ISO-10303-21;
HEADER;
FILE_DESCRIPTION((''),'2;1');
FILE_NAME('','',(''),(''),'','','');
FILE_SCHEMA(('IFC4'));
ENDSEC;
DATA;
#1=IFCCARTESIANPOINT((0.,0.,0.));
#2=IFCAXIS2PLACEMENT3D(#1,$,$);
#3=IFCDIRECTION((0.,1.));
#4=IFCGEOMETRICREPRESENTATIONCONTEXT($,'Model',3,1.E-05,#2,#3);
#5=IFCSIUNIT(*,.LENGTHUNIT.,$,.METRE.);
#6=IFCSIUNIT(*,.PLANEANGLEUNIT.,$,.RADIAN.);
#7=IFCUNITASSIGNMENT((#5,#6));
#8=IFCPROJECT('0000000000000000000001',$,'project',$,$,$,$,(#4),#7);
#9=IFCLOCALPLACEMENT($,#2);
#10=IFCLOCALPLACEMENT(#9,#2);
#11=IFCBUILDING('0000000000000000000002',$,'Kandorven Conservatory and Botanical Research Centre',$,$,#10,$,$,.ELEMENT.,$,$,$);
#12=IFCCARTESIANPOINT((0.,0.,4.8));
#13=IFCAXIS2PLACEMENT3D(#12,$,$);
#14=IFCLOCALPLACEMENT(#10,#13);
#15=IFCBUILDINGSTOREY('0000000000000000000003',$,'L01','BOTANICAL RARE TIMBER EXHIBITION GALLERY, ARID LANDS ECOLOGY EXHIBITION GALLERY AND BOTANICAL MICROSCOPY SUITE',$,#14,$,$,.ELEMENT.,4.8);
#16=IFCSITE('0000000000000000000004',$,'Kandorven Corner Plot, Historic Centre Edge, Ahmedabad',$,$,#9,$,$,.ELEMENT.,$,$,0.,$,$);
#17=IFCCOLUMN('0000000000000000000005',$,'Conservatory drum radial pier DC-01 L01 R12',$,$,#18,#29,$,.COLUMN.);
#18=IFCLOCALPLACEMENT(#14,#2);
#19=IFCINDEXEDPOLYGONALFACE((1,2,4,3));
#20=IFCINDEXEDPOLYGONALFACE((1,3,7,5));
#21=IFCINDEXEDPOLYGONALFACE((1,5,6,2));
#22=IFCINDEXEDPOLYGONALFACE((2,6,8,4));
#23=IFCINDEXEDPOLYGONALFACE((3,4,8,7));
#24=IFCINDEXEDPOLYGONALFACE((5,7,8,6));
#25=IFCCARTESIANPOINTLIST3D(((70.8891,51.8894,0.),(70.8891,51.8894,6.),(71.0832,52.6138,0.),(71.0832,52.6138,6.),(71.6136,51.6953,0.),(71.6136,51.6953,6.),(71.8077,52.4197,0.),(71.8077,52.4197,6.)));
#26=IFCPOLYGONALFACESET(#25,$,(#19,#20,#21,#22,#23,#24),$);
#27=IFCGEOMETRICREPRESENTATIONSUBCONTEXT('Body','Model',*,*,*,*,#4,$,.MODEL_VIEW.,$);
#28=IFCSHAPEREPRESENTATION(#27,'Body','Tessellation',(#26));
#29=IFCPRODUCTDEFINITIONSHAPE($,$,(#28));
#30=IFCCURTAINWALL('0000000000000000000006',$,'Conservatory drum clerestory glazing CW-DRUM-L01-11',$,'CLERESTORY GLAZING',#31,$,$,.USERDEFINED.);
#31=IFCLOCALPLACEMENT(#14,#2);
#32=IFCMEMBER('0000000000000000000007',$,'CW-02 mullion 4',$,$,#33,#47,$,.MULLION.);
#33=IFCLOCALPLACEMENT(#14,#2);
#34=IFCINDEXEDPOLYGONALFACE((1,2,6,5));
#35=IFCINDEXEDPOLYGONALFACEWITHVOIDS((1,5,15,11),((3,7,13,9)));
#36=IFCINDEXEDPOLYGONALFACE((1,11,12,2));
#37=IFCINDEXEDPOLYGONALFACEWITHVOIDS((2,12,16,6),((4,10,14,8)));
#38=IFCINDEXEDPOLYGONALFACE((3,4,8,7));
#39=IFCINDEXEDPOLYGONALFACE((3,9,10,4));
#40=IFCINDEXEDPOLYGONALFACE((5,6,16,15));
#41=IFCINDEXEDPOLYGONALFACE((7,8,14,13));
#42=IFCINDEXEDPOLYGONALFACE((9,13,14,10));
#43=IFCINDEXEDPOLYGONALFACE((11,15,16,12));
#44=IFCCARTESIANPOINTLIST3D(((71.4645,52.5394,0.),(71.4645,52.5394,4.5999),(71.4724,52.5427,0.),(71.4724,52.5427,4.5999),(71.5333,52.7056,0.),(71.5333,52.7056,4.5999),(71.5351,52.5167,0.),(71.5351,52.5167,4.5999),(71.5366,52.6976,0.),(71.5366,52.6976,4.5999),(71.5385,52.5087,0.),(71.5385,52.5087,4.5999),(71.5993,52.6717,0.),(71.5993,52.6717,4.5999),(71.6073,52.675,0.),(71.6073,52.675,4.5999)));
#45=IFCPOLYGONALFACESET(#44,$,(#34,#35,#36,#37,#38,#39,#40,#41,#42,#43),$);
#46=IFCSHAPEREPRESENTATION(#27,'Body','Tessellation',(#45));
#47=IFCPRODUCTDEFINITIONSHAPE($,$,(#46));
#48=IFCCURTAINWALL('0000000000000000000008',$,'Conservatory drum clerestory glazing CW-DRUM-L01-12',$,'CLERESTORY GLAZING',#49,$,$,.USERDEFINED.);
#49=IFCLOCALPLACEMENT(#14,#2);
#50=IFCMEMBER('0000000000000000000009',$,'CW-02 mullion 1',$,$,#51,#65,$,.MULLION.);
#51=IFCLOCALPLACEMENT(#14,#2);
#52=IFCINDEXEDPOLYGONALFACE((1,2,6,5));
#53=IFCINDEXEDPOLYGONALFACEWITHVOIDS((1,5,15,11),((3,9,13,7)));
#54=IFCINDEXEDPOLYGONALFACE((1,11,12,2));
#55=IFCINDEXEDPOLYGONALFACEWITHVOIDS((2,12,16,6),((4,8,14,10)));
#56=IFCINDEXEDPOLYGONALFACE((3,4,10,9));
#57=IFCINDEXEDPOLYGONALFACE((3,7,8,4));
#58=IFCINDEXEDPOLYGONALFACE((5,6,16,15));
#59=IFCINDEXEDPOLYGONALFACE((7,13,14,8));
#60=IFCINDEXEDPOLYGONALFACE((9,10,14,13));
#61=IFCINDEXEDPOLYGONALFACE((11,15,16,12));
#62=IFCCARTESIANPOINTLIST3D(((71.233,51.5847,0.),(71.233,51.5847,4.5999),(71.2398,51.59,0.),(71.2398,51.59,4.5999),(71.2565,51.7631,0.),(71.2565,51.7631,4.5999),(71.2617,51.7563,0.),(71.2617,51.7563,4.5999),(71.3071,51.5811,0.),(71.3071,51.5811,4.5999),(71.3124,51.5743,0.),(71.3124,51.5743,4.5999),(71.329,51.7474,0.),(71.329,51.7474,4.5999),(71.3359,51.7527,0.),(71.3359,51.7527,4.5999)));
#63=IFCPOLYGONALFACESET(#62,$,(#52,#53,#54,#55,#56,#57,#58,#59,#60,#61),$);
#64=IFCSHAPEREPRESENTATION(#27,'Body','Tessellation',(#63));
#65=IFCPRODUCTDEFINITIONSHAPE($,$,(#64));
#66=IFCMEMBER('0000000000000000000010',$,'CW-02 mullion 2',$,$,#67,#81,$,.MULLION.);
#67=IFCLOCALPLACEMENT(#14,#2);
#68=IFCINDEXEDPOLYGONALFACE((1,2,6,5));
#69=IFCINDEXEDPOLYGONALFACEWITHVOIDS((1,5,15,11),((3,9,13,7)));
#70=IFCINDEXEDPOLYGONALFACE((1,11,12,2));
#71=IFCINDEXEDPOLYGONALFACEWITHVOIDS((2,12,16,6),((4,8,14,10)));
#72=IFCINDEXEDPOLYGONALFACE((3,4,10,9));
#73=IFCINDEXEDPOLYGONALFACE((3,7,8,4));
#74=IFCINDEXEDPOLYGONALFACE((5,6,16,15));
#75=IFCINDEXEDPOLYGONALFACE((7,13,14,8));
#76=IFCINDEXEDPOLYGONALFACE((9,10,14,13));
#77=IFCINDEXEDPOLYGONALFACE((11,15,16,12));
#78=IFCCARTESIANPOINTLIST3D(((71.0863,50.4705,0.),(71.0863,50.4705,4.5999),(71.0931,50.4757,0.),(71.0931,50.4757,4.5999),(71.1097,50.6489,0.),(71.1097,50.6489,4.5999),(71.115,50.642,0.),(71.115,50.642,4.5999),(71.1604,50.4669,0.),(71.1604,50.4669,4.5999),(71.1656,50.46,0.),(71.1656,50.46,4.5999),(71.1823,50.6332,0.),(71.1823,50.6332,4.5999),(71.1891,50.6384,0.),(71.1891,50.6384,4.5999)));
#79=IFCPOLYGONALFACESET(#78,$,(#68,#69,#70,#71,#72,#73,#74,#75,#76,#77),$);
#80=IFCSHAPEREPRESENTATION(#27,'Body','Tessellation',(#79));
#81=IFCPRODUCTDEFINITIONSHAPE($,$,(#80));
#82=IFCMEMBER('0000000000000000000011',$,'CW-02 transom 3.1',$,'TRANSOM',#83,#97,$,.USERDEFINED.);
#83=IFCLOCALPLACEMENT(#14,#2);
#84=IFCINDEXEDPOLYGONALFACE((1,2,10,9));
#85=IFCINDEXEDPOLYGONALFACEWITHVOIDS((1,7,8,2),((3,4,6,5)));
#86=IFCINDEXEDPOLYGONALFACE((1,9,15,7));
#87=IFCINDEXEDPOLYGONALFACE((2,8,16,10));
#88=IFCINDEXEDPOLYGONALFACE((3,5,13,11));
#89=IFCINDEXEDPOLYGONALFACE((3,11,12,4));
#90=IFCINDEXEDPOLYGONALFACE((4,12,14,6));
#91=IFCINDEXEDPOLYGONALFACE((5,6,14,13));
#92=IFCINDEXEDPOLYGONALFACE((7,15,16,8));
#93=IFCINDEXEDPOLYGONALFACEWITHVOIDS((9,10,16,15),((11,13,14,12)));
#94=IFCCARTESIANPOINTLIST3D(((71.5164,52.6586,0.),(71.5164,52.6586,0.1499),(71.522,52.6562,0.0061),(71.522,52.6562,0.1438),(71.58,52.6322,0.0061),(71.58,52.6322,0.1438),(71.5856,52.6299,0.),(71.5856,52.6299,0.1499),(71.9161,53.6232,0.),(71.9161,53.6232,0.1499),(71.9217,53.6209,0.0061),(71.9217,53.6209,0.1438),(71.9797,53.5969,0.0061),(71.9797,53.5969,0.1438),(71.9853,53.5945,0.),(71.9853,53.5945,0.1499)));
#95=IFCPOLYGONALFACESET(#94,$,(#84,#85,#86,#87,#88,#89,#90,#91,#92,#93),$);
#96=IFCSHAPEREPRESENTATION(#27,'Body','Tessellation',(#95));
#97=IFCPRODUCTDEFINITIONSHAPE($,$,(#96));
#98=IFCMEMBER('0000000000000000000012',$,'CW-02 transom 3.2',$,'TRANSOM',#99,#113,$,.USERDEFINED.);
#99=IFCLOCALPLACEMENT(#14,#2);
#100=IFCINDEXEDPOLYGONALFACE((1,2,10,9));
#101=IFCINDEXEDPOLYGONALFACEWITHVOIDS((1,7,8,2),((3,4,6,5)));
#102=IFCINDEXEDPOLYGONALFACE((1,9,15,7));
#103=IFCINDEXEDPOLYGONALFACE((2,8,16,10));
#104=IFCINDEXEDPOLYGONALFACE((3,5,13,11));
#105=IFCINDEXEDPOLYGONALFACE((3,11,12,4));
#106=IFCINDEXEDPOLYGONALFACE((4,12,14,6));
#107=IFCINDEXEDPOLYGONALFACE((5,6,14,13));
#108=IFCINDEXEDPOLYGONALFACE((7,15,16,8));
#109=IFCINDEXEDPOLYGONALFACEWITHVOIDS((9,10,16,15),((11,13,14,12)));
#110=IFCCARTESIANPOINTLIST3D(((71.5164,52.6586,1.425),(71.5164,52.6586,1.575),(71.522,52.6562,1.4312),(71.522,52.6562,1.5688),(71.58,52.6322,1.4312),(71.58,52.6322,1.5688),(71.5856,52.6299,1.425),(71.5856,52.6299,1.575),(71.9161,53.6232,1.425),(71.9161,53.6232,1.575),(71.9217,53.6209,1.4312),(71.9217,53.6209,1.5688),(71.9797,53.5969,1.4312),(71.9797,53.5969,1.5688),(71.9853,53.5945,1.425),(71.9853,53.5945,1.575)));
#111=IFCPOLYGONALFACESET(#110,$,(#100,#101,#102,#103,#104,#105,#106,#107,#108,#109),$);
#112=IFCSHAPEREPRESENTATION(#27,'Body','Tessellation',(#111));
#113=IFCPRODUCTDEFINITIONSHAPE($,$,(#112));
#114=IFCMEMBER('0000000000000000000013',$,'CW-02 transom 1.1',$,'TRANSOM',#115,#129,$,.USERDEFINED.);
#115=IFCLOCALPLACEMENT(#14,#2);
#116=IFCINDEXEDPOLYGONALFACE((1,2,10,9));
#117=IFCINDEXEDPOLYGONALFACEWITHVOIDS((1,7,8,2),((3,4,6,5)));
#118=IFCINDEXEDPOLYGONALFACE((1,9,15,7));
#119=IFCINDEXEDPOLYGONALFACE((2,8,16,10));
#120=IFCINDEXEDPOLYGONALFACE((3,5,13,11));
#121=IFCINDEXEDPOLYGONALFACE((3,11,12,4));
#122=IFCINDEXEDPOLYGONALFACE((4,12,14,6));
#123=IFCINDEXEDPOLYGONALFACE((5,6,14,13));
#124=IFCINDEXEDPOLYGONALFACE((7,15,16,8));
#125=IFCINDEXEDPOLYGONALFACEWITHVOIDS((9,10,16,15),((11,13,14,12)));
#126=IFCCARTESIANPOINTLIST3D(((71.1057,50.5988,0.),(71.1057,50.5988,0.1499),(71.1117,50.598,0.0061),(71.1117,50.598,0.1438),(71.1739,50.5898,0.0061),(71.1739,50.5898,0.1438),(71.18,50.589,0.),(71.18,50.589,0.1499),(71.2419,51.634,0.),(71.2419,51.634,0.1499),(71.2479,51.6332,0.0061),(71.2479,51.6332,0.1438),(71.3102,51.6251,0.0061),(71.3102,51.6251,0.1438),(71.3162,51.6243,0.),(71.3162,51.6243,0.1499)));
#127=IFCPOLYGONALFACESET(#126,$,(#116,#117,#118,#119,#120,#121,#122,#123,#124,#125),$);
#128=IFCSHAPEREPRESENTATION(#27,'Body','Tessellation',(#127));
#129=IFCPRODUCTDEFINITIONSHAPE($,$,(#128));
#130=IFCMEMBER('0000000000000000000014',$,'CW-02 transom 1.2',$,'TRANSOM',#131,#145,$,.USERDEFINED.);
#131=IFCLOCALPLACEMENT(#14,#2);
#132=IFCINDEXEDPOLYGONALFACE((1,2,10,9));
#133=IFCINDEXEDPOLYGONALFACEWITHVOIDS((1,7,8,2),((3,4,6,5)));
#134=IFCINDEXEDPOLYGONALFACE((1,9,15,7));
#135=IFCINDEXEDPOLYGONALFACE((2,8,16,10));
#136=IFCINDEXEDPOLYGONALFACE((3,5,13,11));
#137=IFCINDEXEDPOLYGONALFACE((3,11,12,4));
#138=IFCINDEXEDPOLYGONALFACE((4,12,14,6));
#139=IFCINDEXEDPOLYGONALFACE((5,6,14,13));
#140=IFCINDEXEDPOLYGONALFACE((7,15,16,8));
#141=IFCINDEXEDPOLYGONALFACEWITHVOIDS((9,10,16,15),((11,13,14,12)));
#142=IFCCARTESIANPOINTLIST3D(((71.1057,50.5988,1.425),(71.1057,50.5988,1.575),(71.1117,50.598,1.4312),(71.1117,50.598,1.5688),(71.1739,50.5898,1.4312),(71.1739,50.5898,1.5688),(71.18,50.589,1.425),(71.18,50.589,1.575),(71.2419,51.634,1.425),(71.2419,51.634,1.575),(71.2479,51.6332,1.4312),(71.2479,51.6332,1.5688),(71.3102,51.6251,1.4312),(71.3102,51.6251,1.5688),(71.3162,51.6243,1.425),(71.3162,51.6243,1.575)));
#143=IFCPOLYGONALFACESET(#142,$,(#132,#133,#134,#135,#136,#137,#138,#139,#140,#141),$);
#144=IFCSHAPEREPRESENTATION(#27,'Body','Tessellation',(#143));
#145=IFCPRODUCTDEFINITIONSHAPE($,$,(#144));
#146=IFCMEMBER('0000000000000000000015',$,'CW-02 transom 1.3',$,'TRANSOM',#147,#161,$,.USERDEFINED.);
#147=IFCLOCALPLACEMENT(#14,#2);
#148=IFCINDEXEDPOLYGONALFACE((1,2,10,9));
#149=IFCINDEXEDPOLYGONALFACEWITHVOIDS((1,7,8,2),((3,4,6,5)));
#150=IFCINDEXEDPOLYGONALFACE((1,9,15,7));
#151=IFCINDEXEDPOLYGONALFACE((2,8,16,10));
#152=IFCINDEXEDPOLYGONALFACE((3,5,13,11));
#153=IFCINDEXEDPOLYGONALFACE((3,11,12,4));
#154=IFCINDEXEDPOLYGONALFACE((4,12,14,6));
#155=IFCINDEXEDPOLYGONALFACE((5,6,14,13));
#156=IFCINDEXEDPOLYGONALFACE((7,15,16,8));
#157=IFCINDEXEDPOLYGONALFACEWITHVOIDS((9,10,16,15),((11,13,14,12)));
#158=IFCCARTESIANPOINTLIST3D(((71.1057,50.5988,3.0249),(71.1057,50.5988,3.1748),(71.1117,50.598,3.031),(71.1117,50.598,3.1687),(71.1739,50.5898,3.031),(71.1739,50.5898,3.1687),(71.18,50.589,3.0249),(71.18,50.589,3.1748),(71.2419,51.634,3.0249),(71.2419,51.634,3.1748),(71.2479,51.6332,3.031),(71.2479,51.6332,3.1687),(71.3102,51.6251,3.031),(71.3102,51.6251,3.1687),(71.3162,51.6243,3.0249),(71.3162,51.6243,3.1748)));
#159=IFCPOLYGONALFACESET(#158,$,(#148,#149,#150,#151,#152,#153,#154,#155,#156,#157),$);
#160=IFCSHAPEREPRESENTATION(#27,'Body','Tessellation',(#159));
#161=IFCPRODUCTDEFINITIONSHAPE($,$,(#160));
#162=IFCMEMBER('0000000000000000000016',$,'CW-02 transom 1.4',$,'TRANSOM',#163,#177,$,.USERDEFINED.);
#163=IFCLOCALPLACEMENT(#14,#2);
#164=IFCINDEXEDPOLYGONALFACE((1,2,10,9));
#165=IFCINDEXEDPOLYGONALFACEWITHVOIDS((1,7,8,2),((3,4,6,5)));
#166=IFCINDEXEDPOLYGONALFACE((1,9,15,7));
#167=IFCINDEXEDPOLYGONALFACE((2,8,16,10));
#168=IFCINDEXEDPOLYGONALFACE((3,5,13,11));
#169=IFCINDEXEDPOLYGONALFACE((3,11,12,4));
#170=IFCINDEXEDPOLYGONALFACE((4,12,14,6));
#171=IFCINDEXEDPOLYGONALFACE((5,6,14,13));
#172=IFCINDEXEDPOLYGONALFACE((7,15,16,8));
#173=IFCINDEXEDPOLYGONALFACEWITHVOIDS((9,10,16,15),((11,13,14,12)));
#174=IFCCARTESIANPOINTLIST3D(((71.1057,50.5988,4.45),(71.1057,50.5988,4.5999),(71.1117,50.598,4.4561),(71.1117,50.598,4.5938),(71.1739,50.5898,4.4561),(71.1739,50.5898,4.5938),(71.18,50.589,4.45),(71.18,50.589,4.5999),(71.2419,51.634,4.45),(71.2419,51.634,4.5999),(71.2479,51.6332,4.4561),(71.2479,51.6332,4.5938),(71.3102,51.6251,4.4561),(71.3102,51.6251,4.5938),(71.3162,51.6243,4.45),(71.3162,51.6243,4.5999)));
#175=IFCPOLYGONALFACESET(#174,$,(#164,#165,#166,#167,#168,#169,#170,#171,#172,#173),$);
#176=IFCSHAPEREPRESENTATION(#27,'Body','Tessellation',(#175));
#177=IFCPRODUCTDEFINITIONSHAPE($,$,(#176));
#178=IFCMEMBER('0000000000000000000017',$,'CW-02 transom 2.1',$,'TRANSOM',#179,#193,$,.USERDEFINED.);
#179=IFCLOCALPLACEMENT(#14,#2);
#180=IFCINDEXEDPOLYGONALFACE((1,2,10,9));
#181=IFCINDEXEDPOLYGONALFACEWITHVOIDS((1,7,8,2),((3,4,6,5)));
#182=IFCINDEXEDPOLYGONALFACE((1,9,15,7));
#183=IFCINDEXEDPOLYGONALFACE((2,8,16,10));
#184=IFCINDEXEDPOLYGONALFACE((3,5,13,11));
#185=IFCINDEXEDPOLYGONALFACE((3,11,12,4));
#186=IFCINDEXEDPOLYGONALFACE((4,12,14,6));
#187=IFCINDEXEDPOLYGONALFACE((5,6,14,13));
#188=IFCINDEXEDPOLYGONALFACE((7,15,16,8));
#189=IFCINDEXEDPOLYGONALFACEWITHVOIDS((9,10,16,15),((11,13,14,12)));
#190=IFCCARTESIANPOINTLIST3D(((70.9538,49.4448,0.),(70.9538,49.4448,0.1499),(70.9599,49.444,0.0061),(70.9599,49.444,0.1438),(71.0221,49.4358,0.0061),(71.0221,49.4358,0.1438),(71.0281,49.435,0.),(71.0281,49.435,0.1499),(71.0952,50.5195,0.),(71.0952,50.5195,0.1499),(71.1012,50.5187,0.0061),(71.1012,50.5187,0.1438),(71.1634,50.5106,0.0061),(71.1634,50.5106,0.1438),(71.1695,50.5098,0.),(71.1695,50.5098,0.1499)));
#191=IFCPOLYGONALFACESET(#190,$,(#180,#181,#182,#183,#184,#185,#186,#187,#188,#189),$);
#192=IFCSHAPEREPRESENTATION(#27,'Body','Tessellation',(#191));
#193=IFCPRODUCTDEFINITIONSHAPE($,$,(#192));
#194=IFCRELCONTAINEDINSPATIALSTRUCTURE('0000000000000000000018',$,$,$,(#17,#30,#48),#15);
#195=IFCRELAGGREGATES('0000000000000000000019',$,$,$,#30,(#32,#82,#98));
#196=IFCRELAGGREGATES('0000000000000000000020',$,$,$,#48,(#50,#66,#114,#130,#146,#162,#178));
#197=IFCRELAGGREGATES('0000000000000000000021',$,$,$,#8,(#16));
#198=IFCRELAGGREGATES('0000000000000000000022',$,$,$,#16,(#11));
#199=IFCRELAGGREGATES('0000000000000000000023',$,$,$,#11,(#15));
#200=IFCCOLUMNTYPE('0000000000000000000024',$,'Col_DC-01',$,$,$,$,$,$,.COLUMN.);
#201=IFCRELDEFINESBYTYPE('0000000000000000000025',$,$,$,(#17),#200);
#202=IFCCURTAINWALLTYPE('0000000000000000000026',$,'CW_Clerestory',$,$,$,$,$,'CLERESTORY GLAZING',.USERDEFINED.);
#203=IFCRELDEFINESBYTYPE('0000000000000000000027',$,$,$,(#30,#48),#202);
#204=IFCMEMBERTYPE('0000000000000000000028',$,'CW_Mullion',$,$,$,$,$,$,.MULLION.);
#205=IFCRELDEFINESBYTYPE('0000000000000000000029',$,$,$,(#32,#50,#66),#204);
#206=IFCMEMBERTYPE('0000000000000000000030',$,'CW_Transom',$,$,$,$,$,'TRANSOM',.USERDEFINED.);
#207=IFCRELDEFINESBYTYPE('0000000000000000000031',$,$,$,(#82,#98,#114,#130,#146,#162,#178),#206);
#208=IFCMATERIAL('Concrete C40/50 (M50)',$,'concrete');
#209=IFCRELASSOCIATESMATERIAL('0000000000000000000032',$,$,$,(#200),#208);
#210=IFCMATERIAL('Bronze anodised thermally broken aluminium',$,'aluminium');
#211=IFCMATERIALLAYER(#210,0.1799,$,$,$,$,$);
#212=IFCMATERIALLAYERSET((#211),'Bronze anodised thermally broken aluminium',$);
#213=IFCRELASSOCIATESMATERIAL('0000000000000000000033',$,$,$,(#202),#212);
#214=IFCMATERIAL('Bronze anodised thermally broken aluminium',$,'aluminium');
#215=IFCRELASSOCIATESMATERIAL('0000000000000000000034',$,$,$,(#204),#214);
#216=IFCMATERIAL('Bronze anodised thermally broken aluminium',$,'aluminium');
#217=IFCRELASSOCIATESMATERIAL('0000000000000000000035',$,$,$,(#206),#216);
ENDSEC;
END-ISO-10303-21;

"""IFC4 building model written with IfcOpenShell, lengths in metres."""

from ifc_helpers import new_model, si_unit, direction, frame, origin, origin_2d, place, context, subcontext, project, spatial, rectangle, hollow_rectangle, extrude, material, layer, layer_set, material_profile, profile_set, type_object, element, aggregate, save


model = new_model("IFC4")

# Units and contexts
model_context = context("Model", 3, precision=1e-05, world=origin(), true_north=direction((0.0, 1.0)))
body_context = subcontext(model_context, "Body", "Model", "MODEL_VIEW")
ifc_project = project(units=[si_unit("LENGTHUNIT", "METRE"), si_unit("PLANEANGLEUNIT", "RADIAN")], contexts=[model_context])

# Site, building, storey
site_placement = place(None, origin())
site = spatial("IfcSite", under=ifc_project, at=site_placement, Name="Kandorven Corner Plot, Historic Centre Edge, Ahmedabad", CompositionType="ELEMENT", RefElevation=0.0)
building_placement = place(site_placement, origin())
building = spatial("IfcBuilding", under=site, at=building_placement, Name="Kandorven Conservatory and Botanical Research Centre", CompositionType="ELEMENT")
storey_placement = place(building_placement, frame((0.0, 0.0, 4.8)))
storey = spatial("IfcBuildingStorey", under=building, at=storey_placement, Name="L01", Description="BOTANICAL RARE TIMBER EXHIBITION GALLERY, ARID LANDS ECOLOGY EXHIBITION GALLERY AND BOTANICAL MICROSCOPY SUITE", CompositionType="ELEMENT", Elevation=4.8)

# Column
ifc_material_1 = material(Name="Concrete C40/50 (M50)", Category="concrete")
ifc_material_profile_1 = material_profile(ifc_material_1, rectangle(XDim=0.75, YDim=0.75, at=origin_2d()))
ifc_profile_set_1 = profile_set([ifc_material_profile_1], Name="Concrete C40/50 (M50)")
column_type = type_object("IfcColumnType", Name="Col_DC-01", PredefinedType="COLUMN", material=ifc_profile_set_1)
column_placement = place(storey_placement, frame((71.3484, 52.1545, 0.0), z_axis=(0.0, 0.0, 1.0), x_axis=(-0.965926, 0.258819, 0.0)))
element("IfcColumn", 1, at=column_placement, inside=storey, type_object=column_type, Name="Conservatory drum radial pier DC-01 L01 R12", PredefinedType="COLUMN", context=body_context, shape_type="SweptSolid", body=[
    extrude(rectangle(XDim=0.75, YDim=0.75, at=origin_2d()), origin(), (0.0, 0.0, 1.0), 6.0),
])

# Curtain wall, member
ifc_material_2 = material(Name="Bronze anodised thermally broken aluminium", Category="aluminium")
ifc_layer_1 = layer(ifc_material_2, 0.1799)
ifc_layer_set_1 = layer_set([ifc_layer_1], Name="Bronze anodised thermally broken aluminium")
curtain_wall_type = type_object("IfcCurtainWallType", Name="CW_Clerestory", ElementType="CLERESTORY GLAZING", PredefinedType="USERDEFINED", material=ifc_layer_set_1)
curtain_wall_1_placement = place(storey_placement, origin())
curtain_wall_1 = element("IfcCurtainWall", 2, at=curtain_wall_1_placement, inside=storey, type_object=curtain_wall_type, Name="Conservatory drum clerestory glazing CW-DRUM-L01-11", ObjectType="CLERESTORY GLAZING", PredefinedType="USERDEFINED")
ifc_material_3 = material(Name="Bronze anodised thermally broken aluminium", Category="aluminium")
ifc_material_profile_2 = material_profile(ifc_material_3, hollow_rectangle(XDim=0.0801, YDim=0.1799, WallThickness=0.0061, at=origin_2d()))
ifc_profile_set_2 = profile_set([ifc_material_profile_2], Name="Bronze anodised thermally broken aluminium")
member_type_1 = type_object("IfcMemberType", Name="CW_Mullion", PredefinedType="MULLION", material=ifc_profile_set_2)
member_1_placement = place(storey_placement, frame((71.5359, 52.6072, 0.0), z_axis=(0.0, 0.0, 1.0), x_axis=(0.923886, -0.382669, 0.0)))
member_1 = element("IfcMember", 3, at=member_1_placement, type_object=member_type_1, Name="CW-02 mullion 4", PredefinedType="MULLION", context=body_context, shape_type="SweptSolid", body=[
    extrude(hollow_rectangle(XDim=0.0801, YDim=0.1799, WallThickness=0.0061, at=origin_2d()), origin(), (0.0, 0.0, 1.0), 4.5999),
])

# Curtain wall, members
curtain_wall_2_placement = place(storey_placement, origin())
curtain_wall_2 = element("IfcCurtainWall", 4, at=curtain_wall_2_placement, inside=storey, type_object=curtain_wall_type, Name="Conservatory drum clerestory glazing CW-DRUM-L01-12", ObjectType="CLERESTORY GLAZING", PredefinedType="USERDEFINED")
member_2_placement = place(storey_placement, frame((71.2844, 51.6687, 0.0), z_axis=(0.0, 0.0, 1.0), x_axis=(0.991441, -0.130552, 0.0)))
member_2 = element("IfcMember", 5, at=member_2_placement, type_object=member_type_1, Name="CW-02 mullion 1", PredefinedType="MULLION", context=body_context, shape_type="SweptSolid", body=[
    extrude(hollow_rectangle(XDim=0.0801, YDim=0.1799, WallThickness=0.0061, at=origin_2d()), origin(), (0.0, 0.0, 1.0), 4.5999),
])
member_3_placement = place(storey_placement, frame((71.1377, 50.5544, 0.0), z_axis=(0.0, 0.0, 1.0), x_axis=(0.991441, -0.130552, 0.0)))
member_3 = element("IfcMember", 6, at=member_3_placement, type_object=member_type_1, Name="CW-02 mullion 2", PredefinedType="MULLION", context=body_context, shape_type="SweptSolid", body=[
    extrude(hollow_rectangle(XDim=0.0801, YDim=0.1799, WallThickness=0.0061, at=origin_2d()), origin(), (0.0, 0.0, 1.0), 4.5999),
])

# Members
ifc_material_4 = material(Name="Bronze anodised thermally broken aluminium", Category="aluminium")
ifc_material_profile_3 = material_profile(ifc_material_4, hollow_rectangle(XDim=0.075, YDim=0.1499, WallThickness=0.0061, at=origin_2d()))
ifc_profile_set_3 = profile_set([ifc_material_profile_3], Name="Bronze anodised thermally broken aluminium")
member_type_2 = type_object("IfcMemberType", Name="CW_Transom", ElementType="TRANSOM", PredefinedType="USERDEFINED", material=ifc_profile_set_3)
member_4_placement = place(storey_placement, frame((71.9507, 53.6089, 0.075), z_axis=(-0.382772, -0.923843, 0.0), x_axis=(0.923843, -0.382772, 0.0)))
member_4 = element("IfcMember", 7, at=member_4_placement, type_object=member_type_2, Name="CW-02 transom 3.1", ObjectType="TRANSOM", PredefinedType="USERDEFINED", context=body_context, shape_type="SweptSolid", body=[
    extrude(hollow_rectangle(XDim=0.075, YDim=0.1499, WallThickness=0.0061, at=origin_2d()), origin(), (0.0, 0.0, 1.0), 1.0442),
])
member_5_placement = place(storey_placement, frame((71.9507, 53.6089, 1.5), z_axis=(-0.382772, -0.923843, 0.0), x_axis=(0.923843, -0.382772, 0.0)))
member_5 = element("IfcMember", 8, at=member_5_placement, type_object=member_type_2, Name="CW-02 transom 3.2", ObjectType="TRANSOM", PredefinedType="USERDEFINED", context=body_context, shape_type="SweptSolid", body=[
    extrude(hollow_rectangle(XDim=0.075, YDim=0.1499, WallThickness=0.0061, at=origin_2d()), origin(), (0.0, 0.0, 1.0), 1.0442),
])
member_6_placement = place(storey_placement, frame((71.2791, 51.6292, 0.075), z_axis=(-0.130479, -0.991451, 0.0), x_axis=(0.991451, -0.130479, 0.0)))
member_6 = element("IfcMember", 9, at=member_6_placement, type_object=member_type_2, Name="CW-02 transom 1.1", ObjectType="TRANSOM", PredefinedType="USERDEFINED", context=body_context, shape_type="SweptSolid", body=[
    extrude(hollow_rectangle(XDim=0.075, YDim=0.1499, WallThickness=0.0061, at=origin_2d()), origin(), (0.0, 0.0, 1.0), 1.0442),
])
member_7_placement = place(storey_placement, frame((71.2791, 51.6292, 1.5), z_axis=(-0.130479, -0.991451, 0.0), x_axis=(0.991451, -0.130479, 0.0)))
member_7 = element("IfcMember", 10, at=member_7_placement, type_object=member_type_2, Name="CW-02 transom 1.2", ObjectType="TRANSOM", PredefinedType="USERDEFINED", context=body_context, shape_type="SweptSolid", body=[
    extrude(hollow_rectangle(XDim=0.075, YDim=0.1499, WallThickness=0.0061, at=origin_2d()), origin(), (0.0, 0.0, 1.0), 1.0442),
])
member_8_placement = place(storey_placement, frame((71.2791, 51.6292, 3.0999), z_axis=(-0.130479, -0.991451, 0.0), x_axis=(0.991451, -0.130479, 0.0)))
member_8 = element("IfcMember", 11, at=member_8_placement, type_object=member_type_2, Name="CW-02 transom 1.3", ObjectType="TRANSOM", PredefinedType="USERDEFINED", context=body_context, shape_type="SweptSolid", body=[
    extrude(hollow_rectangle(XDim=0.075, YDim=0.1499, WallThickness=0.0061, at=origin_2d()), origin(), (0.0, 0.0, 1.0), 1.0442),
])
member_9_placement = place(storey_placement, frame((71.2791, 51.6292, 4.5249), z_axis=(-0.130479, -0.991451, 0.0), x_axis=(0.991451, -0.130479, 0.0)))
member_9 = element("IfcMember", 12, at=member_9_placement, type_object=member_type_2, Name="CW-02 transom 1.4", ObjectType="TRANSOM", PredefinedType="USERDEFINED", context=body_context, shape_type="SweptSolid", body=[
    extrude(hollow_rectangle(XDim=0.075, YDim=0.1499, WallThickness=0.0061, at=origin_2d()), origin(), (0.0, 0.0, 1.0), 1.0442),
])
member_10_placement = place(storey_placement, frame((71.1323, 50.5146, 0.075), z_axis=(-0.130408, -0.99146, 0.0), x_axis=(0.99146, -0.130408, 0.0)))
member_10 = element("IfcMember", 13, at=member_10_placement, type_object=member_type_2, Name="CW-02 transom 2.1", ObjectType="TRANSOM", PredefinedType="USERDEFINED", context=body_context, shape_type="SweptSolid", body=[
    extrude(hollow_rectangle(XDim=0.075, YDim=0.1499, WallThickness=0.0061, at=origin_2d()), origin(), (0.0, 0.0, 1.0), 1.084),
])

aggregate(curtain_wall_1, [member_1, member_4, member_5])
aggregate(curtain_wall_2, [member_2, member_3, member_6, member_7, member_8, member_9, member_10])

save(model, "model.ifc")
